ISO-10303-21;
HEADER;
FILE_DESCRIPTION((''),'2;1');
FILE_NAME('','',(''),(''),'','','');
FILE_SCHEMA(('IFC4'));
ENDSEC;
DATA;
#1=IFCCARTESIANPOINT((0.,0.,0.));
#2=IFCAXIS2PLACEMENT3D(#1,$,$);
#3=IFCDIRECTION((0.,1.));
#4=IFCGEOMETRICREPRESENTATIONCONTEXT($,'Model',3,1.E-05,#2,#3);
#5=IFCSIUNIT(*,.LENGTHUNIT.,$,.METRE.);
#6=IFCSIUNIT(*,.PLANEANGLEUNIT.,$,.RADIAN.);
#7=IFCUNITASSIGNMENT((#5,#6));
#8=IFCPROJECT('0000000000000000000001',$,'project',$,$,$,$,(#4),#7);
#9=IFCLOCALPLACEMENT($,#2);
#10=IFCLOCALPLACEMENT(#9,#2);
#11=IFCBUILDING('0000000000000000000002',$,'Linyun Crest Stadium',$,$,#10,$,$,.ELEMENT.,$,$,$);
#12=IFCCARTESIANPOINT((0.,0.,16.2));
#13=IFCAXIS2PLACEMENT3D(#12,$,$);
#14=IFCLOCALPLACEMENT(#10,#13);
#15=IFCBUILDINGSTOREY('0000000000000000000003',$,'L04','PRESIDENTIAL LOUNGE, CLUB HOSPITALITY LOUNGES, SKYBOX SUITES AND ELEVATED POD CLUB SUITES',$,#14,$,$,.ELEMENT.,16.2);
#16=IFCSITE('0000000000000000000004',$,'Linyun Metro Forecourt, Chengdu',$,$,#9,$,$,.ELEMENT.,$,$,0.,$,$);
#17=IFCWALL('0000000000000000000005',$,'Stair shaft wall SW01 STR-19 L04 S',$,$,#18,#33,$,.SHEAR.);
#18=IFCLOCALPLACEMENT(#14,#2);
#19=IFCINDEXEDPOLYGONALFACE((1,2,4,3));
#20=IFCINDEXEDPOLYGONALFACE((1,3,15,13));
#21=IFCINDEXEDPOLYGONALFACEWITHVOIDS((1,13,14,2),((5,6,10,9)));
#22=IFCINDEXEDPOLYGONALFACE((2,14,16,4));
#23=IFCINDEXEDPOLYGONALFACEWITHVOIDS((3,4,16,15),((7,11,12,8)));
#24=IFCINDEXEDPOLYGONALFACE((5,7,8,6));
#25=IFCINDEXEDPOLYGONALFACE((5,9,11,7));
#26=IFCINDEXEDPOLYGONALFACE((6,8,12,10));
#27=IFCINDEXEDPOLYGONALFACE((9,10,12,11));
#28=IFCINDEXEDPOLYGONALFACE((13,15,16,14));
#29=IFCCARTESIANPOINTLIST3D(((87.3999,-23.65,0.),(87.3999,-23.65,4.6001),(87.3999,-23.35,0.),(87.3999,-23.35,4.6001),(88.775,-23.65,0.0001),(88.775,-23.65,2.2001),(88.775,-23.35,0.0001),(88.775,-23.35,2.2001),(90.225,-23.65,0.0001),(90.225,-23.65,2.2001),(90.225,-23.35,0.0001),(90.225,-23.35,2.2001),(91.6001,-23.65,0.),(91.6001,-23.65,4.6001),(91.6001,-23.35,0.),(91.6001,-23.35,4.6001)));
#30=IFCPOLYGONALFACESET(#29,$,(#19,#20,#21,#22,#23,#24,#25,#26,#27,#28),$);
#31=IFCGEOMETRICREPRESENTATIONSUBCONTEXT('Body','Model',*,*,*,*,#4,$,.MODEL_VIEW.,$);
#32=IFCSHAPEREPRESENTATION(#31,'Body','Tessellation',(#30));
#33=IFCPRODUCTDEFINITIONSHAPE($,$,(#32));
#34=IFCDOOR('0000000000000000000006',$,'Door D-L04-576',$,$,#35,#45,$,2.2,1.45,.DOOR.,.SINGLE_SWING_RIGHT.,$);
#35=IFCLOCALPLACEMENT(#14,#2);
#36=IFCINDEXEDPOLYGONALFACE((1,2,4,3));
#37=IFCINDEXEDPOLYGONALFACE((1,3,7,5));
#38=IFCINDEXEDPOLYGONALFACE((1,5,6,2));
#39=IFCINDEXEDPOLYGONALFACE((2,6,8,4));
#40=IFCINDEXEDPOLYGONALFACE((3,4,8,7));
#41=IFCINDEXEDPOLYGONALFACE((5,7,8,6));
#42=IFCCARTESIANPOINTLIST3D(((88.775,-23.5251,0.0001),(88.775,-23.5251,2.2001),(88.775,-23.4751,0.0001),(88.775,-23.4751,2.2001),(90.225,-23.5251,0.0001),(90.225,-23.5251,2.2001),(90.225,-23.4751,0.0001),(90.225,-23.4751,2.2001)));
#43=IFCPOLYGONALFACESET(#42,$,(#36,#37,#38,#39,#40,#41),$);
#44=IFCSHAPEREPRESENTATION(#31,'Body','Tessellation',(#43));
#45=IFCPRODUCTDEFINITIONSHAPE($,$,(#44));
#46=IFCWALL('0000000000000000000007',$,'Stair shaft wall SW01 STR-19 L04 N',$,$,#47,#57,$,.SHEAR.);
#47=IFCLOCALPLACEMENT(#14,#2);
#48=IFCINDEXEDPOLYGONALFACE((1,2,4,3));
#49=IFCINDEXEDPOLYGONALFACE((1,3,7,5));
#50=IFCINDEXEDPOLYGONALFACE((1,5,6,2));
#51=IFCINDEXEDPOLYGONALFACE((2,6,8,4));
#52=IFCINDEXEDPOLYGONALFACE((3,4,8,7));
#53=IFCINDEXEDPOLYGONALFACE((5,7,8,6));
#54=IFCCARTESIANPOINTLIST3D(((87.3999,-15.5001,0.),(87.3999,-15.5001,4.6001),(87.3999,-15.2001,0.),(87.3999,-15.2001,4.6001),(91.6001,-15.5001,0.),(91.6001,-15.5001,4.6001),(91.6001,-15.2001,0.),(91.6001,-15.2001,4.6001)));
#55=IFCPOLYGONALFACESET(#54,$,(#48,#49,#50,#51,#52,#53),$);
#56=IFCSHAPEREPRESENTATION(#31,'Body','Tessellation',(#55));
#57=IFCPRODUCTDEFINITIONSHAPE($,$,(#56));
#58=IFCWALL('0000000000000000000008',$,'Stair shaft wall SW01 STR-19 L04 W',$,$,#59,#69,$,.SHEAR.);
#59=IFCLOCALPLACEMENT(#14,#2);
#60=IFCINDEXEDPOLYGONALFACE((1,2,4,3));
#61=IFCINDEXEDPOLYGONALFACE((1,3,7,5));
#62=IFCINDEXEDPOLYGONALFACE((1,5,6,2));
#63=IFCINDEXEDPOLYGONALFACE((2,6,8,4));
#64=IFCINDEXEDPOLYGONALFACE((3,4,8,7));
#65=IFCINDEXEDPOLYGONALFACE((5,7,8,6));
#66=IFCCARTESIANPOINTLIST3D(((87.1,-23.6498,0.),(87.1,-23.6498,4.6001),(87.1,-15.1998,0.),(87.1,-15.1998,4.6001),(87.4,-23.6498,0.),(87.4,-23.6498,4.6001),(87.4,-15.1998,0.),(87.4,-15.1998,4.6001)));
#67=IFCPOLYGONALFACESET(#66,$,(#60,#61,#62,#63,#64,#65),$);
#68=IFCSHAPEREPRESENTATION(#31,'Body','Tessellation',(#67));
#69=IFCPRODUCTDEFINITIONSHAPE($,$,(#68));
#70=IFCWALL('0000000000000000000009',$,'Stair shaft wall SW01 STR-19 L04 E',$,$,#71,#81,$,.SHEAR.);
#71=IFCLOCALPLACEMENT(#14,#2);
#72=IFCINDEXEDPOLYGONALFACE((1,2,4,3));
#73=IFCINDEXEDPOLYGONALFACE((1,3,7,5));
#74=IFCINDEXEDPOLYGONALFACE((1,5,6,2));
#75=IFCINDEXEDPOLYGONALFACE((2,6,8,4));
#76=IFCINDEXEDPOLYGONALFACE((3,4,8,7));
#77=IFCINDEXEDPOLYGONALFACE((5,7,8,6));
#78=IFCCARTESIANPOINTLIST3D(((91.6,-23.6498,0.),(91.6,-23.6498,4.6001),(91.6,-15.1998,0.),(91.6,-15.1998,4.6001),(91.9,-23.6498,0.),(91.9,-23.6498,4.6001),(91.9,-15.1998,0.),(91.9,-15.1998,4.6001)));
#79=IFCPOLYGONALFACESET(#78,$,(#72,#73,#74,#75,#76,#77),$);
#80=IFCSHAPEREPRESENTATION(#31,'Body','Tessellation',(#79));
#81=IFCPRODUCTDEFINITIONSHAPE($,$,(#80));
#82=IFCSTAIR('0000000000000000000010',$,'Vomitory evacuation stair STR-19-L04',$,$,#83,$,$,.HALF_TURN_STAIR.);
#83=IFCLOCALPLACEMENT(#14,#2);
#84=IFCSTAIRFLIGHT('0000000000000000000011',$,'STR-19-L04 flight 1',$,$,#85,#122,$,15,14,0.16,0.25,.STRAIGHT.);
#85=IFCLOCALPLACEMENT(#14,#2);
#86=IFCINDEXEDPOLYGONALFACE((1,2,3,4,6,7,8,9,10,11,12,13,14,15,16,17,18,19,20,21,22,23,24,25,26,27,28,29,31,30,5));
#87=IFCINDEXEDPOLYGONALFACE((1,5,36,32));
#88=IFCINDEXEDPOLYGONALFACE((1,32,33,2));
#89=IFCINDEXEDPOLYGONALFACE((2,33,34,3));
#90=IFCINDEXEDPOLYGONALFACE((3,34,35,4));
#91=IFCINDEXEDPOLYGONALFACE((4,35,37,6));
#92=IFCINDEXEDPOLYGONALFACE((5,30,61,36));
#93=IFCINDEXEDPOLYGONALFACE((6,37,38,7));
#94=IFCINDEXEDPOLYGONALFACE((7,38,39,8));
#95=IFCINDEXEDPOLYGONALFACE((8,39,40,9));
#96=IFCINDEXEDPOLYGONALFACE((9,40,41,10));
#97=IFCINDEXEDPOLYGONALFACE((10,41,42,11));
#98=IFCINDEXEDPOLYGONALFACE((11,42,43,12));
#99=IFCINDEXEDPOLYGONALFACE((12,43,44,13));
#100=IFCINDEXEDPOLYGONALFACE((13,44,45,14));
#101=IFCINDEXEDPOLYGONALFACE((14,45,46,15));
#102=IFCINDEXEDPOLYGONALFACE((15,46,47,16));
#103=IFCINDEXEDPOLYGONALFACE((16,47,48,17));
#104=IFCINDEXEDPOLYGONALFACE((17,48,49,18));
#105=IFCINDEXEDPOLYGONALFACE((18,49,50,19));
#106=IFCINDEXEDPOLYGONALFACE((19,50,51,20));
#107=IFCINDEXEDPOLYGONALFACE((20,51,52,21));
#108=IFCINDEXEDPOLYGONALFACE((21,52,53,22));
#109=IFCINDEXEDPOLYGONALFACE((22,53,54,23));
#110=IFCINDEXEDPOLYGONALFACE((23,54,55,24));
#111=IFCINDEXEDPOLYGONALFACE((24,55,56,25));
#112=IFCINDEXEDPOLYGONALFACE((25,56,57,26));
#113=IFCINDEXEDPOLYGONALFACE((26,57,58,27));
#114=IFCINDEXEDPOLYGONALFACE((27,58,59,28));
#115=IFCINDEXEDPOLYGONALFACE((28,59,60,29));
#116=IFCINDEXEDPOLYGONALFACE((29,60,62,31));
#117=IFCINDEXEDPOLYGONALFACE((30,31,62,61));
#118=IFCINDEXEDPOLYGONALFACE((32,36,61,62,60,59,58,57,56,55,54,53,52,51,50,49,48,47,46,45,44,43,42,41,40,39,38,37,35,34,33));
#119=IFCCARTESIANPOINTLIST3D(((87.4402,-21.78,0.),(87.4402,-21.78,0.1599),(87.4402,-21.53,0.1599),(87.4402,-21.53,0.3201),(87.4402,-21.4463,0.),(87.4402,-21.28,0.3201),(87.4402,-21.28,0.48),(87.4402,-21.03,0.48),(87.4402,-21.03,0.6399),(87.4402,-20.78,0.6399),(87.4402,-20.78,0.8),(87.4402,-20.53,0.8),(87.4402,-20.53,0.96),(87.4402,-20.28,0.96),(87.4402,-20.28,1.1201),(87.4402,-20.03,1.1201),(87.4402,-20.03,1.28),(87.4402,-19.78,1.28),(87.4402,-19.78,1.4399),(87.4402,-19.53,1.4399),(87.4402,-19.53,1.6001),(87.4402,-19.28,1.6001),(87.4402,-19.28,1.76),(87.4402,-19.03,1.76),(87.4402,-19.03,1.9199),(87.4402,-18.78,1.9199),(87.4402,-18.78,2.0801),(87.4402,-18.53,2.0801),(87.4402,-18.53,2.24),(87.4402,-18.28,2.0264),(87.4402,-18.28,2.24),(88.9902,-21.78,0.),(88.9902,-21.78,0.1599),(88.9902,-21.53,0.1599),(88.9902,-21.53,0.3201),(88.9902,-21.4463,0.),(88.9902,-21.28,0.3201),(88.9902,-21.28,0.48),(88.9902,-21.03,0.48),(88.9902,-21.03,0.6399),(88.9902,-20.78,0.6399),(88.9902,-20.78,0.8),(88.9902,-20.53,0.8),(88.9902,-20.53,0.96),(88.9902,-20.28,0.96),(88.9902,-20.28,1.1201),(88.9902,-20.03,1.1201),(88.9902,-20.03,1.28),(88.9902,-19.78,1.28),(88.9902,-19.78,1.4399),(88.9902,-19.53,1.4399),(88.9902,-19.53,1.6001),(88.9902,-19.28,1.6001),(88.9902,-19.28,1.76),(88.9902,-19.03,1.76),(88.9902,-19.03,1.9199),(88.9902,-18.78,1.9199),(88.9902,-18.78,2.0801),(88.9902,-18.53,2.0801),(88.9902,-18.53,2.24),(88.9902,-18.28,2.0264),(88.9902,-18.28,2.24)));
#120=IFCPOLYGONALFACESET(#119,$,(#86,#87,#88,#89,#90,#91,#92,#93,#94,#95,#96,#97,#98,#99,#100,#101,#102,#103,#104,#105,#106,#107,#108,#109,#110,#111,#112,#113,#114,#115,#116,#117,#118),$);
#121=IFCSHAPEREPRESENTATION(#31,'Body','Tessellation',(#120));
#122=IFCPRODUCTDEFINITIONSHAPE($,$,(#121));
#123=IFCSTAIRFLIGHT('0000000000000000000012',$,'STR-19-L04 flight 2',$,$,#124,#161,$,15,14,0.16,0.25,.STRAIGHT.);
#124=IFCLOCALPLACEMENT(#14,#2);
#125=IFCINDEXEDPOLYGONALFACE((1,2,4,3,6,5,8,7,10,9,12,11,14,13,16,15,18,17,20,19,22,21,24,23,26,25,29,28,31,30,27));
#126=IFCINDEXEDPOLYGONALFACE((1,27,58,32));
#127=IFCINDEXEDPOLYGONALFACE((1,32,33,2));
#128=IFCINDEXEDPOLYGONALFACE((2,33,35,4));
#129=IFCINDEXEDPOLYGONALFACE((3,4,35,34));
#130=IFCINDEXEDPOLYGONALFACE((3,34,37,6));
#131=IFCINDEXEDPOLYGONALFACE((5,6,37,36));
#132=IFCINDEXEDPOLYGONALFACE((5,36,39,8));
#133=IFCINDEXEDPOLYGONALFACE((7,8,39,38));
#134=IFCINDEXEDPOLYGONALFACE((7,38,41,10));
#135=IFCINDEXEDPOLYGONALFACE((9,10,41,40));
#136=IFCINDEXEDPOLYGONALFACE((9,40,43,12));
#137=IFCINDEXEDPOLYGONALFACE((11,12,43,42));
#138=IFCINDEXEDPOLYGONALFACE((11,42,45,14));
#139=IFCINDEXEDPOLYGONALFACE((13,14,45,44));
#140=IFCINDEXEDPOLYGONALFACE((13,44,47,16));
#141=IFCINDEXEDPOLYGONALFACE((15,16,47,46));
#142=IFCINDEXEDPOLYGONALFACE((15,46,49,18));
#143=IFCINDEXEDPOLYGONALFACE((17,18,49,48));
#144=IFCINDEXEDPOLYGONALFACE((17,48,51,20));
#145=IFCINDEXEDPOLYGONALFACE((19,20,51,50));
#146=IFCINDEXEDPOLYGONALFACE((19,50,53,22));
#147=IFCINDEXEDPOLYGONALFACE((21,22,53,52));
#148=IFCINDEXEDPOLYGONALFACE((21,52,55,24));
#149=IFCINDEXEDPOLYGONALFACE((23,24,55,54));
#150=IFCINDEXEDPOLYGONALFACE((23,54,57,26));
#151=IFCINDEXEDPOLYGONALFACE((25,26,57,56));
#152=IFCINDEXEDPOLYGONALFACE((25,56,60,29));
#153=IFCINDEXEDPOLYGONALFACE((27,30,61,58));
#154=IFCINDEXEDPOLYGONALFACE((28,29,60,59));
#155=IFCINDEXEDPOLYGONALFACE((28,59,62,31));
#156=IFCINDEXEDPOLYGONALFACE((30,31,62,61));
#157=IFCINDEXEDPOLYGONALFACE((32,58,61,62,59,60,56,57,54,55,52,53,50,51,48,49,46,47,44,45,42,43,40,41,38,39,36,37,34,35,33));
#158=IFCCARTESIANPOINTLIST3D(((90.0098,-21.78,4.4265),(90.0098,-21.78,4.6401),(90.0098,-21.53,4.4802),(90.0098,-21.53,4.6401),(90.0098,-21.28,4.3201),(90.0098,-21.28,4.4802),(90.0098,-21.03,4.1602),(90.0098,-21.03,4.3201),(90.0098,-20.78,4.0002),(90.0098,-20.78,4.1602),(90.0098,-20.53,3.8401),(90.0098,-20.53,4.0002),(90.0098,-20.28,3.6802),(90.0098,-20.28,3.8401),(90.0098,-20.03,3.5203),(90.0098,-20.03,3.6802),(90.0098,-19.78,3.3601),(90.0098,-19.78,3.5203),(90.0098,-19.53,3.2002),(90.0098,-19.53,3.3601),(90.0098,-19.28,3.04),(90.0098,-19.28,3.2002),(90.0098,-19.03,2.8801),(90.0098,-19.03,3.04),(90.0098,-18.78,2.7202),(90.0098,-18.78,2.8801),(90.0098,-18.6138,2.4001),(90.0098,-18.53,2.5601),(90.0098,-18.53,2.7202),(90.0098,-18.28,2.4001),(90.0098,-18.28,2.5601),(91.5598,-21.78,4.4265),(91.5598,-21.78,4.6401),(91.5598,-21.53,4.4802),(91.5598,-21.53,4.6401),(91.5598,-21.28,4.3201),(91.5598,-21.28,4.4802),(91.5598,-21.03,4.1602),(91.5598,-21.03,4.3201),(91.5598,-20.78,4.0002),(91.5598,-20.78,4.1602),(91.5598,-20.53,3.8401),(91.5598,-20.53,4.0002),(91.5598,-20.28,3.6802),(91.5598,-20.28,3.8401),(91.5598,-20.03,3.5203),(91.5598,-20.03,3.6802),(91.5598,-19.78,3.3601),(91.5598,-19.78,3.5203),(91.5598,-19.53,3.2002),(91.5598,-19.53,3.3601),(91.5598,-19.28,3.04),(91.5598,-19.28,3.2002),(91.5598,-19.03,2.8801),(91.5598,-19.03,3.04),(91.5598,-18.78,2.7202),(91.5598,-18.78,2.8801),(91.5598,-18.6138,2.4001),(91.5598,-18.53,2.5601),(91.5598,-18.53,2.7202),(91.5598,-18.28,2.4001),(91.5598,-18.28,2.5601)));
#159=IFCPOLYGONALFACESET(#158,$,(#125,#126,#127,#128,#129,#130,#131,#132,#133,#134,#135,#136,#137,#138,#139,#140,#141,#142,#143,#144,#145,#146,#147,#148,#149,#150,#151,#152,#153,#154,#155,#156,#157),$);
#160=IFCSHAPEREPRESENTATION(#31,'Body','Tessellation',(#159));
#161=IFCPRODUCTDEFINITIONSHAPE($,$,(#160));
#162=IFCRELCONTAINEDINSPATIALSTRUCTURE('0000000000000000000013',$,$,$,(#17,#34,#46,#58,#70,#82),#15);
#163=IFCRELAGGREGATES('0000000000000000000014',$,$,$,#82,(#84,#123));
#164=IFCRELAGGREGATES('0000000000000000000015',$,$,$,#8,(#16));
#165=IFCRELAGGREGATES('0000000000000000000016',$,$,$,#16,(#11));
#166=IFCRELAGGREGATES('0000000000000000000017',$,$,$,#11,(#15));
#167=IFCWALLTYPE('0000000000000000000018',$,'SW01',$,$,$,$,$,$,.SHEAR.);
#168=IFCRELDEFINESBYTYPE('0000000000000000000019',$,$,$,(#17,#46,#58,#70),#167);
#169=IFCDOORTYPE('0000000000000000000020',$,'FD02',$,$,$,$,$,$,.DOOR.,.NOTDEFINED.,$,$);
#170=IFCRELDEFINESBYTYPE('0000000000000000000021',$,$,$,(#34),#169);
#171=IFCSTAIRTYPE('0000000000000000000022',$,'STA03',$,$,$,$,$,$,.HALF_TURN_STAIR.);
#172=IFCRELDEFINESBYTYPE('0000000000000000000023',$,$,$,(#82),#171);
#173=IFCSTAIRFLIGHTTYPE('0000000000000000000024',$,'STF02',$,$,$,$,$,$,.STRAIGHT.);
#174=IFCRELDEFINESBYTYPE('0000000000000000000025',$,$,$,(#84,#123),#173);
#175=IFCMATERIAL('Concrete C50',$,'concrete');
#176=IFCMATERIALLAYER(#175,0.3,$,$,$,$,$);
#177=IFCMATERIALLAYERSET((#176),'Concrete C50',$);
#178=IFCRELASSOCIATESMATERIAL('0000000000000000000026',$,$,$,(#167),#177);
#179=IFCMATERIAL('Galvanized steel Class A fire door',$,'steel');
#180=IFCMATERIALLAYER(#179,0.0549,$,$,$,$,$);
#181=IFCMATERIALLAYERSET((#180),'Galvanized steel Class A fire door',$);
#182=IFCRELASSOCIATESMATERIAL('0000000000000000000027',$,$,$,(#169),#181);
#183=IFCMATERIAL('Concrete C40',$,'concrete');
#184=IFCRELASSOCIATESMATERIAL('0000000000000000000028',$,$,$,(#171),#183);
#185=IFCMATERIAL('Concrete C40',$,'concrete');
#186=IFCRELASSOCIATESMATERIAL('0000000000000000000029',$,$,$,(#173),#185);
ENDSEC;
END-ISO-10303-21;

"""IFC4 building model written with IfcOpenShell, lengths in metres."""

from ifc_helpers import new_model, si_unit, direction, frame, frame_2d, origin, place, context, subcontext, project, spatial, polyline, rectangle, outline, extrude, material, layer, layer_set, type_object, element, fill, aggregate, save


model = new_model("IFC4")

# Units and contexts
model_context = context("Model", 3, precision=1e-05, world=origin(), true_north=direction((0.0, 1.0)))
body_context = subcontext(model_context, "Body", "Model", "MODEL_VIEW")
ifc_project = project(units=[si_unit("LENGTHUNIT", "METRE"), si_unit("PLANEANGLEUNIT", "RADIAN")], contexts=[model_context])

# Site, building, storey
site_placement = place(None, origin())
site = spatial("IfcSite", under=ifc_project, at=site_placement, Name="Linyun Metro Forecourt, Chengdu", CompositionType="ELEMENT", RefElevation=0.0)
building_placement = place(site_placement, origin())
building = spatial("IfcBuilding", under=site, at=building_placement, Name="Linyun Crest Stadium", CompositionType="ELEMENT")
storey_placement = place(building_placement, frame((0.0, 0.0, 16.2)))
storey = spatial("IfcBuildingStorey", under=building, at=storey_placement, Name="L04", Description="PRESIDENTIAL LOUNGE, CLUB HOSPITALITY LOUNGES, SKYBOX SUITES AND ELEVATED POD CLUB SUITES", CompositionType="ELEMENT", Elevation=16.2)

# Wall, opening, door
ifc_material_1 = material(Name="Concrete C50", Category="concrete")
ifc_layer_1 = layer(ifc_material_1, 0.3)
ifc_layer_set_1 = layer_set([ifc_layer_1], Name="Concrete C50")
wall_type = type_object("IfcWallType", Name="SW01", PredefinedType="SHEAR", material=ifc_layer_set_1)
wall_1_placement = place(storey_placement, frame((87.3999, -23.5, 0.0), z_axis=(0.0, 0.0, 1.0), x_axis=(1.0, 0.0, 0.0)))
wall_1 = element("IfcWall", 1, at=wall_1_placement, inside=storey, type_object=wall_type, Name="Stair shaft wall SW01 STR-19 L04 S", PredefinedType="SHEAR", context=body_context, shape_type="SweptSolid", body=[
    extrude(rectangle(XDim=4.2002, YDim=0.3, at=frame_2d((2.1001, 0.0))), origin(), (0.0, 0.0, 1.0), 4.6001),
])
opening_placement = place(wall_1_placement, frame((1.375, 0.0, 0.0)))
opening = element("IfcOpeningElement", 2, at=opening_placement, cuts=wall_1, PredefinedType="OPENING", context=body_context, shape_type="SweptSolid", body=[
    extrude(rectangle(XDim=1.45, YDim=2.2, at=frame_2d((0.7251, 1.1001))), frame((0.0, 0.1599, 0.0), z_axis=(0.0, -1.0, 0.0), x_axis=(1.0, 0.0, 0.0)), (0.0, 0.0, 1.0), 0.3201),
])
ifc_material_2 = material(Name="Galvanized steel Class A fire door", Category="steel")
ifc_layer_2 = layer(ifc_material_2, 0.0549)
ifc_layer_set_2 = layer_set([ifc_layer_2], Name="Galvanized steel Class A fire door")
door_type = type_object("IfcDoorType", Name="FD02", OperationType="NOTDEFINED", PredefinedType="DOOR", material=ifc_layer_set_2)
door_placement = place(opening_placement, origin())
door = element("IfcDoor", 3, at=door_placement, inside=storey, type_object=door_type, Name="Door D-L04-576", OperationType="SINGLE_SWING_RIGHT", OverallHeight=2.2, OverallWidth=1.45, PredefinedType="DOOR", context=body_context, shape_type="SweptSolid", body=[
    extrude(rectangle(XDim=1.45, YDim=2.2, at=frame_2d((0.7251, 1.1001))), frame((0.0, 0.0249, 0.0), z_axis=(0.0, -1.0, 0.0), x_axis=(1.0, 0.0, 0.0)), (0.0, 0.0, 1.0), 0.05),
])
fill(opening, door)

# Walls
wall_2_placement = place(storey_placement, frame((87.3999, -15.3501, 0.0), z_axis=(0.0, 0.0, 1.0), x_axis=(1.0, 0.0, 0.0)))
element("IfcWall", 4, at=wall_2_placement, inside=storey, type_object=wall_type, Name="Stair shaft wall SW01 STR-19 L04 N", PredefinedType="SHEAR", context=body_context, shape_type="SweptSolid", body=[
    extrude(rectangle(XDim=4.2002, YDim=0.3, at=frame_2d((2.1001, 0.0))), origin(), (0.0, 0.0, 1.0), 4.6001),
])
for number, where, z_axis, x_axis, name in (
    (5, (87.25, -23.6499, 0.0), (0.0, 0.0, 1.0), (0.0, 1.0, 0.0), "Stair shaft wall SW01 STR-19 L04 W"),
    (6, (91.75, -23.6499, 0.0), (0.0, 0.0, 1.0), (0.0, 1.0, 0.0), "Stair shaft wall SW01 STR-19 L04 E"),
):
    element("IfcWall", number, at=place(storey_placement, frame(where, z_axis=z_axis, x_axis=x_axis)), inside=storey, type_object=wall_type, Name=name, PredefinedType="SHEAR", context=body_context, shape_type="SweptSolid", body=[
        extrude(rectangle(XDim=8.45, YDim=0.3, at=frame_2d((4.2251, 0.0))), origin(), (0.0, 0.0, 1.0), 4.6001),
    ])

# Stair, stair flights
ifc_material_3 = material(Name="Concrete C40", Category="concrete")
stair_type = type_object("IfcStairType", Name="STA03", PredefinedType="HALF_TURN_STAIR", material=ifc_material_3)
stair_placement = place(storey_placement, origin())
stair = element("IfcStair", 7, at=stair_placement, inside=storey, type_object=stair_type, Name="Vomitory evacuation stair STR-19-L04", PredefinedType="HALF_TURN_STAIR")
ifc_material_4 = material(Name="Concrete C40", Category="concrete")
stair_flight_type = type_object("IfcStairFlightType", Name="STF02", PredefinedType="STRAIGHT", material=ifc_material_4)
stair_flight_1_placement = place(storey_placement, frame((88.2151, -21.78, 0.0), z_axis=(0.0, 0.0, 1.0), x_axis=(0.0, 1.0, 0.0)))
stair_flight_1 = element("IfcStairFlight", 8, at=stair_flight_1_placement, type_object=stair_flight_type, Name="STR-19-L04 flight 1", NumberOfRisers=15, NumberOfTreads=14, PredefinedType="STRAIGHT", RiserHeight=0.16, TreadLength=0.25, context=body_context, shape_type="SweptSolid", body=[
    extrude(outline(polyline([(0.0, 0.0), (0.0, 0.1599), (0.25, 0.1599), (0.25, 0.3201), (0.5, 0.3201), (0.5, 0.48), (0.75, 0.48), (0.75, 0.6399), (1.0, 0.6399), (1.0, 0.8), (1.25, 0.8), (1.25, 0.96), (1.5, 0.96), (1.5, 1.1201), (1.75, 1.1201), (1.75, 1.28), (2.0, 1.28), (2.0, 1.4399), (2.25, 1.4399), (2.25, 1.6001), (2.5, 1.6001), (2.5, 1.76), (2.75, 1.76), (2.75, 1.9199), (3.0, 1.9199), (3.0, 2.0801), (3.25, 2.0801), (3.25, 2.24), (3.5, 2.24), (3.5, 2.3999), (3.5, 2.0264), (0.3337, 0.0), (0.0, 0.0)])), frame((0.0, 0.7749, 0.0), z_axis=(0.0, -1.0, 0.0), x_axis=(1.0, 0.0, 0.0)), (0.0, 0.0, 1.0), 1.55),
])
stair_flight_2_placement = place(storey_placement, frame((90.7849, -18.28, 2.4001), z_axis=(0.0, 0.0, 1.0), x_axis=(0.0, -1.0, 0.0)))
stair_flight_2 = element("IfcStairFlight", 9, at=stair_flight_2_placement, type_object=stair_flight_type, Name="STR-19-L04 flight 2", NumberOfRisers=15, NumberOfTreads=14, PredefinedType="STRAIGHT", RiserHeight=0.16, TreadLength=0.25, context=body_context, shape_type="SweptSolid", body=[
    extrude(outline(polyline([(0.0, 0.0), (0.0, 0.1599), (0.25, 0.1599), (0.25, 0.3201), (0.5, 0.3201), (0.5, 0.48), (0.75, 0.48), (0.75, 0.6399), (1.0, 0.6399), (1.0, 0.8), (1.25, 0.8), (1.25, 0.96), (1.5, 0.96), (1.5, 1.1201), (1.75, 1.1201), (1.75, 1.28), (2.0, 1.28), (2.0, 1.4399), (2.25, 1.4399), (2.25, 1.6001), (2.5, 1.6001), (2.5, 1.76), (2.75, 1.76), (2.75, 1.9199), (3.0, 1.9199), (3.0, 2.0801), (3.25, 2.0801), (3.25, 2.24), (3.5, 2.24), (3.5, 2.3999), (3.5, 2.0264), (0.3337, 0.0), (0.0, 0.0)])), frame((0.0, 0.7749, 0.0), z_axis=(0.0, -1.0, 0.0), x_axis=(1.0, 0.0, 0.0)), (0.0, 0.0, 1.0), 1.55),
])
aggregate(stair, [stair_flight_1, stair_flight_2])

save(model, "model.ifc")
